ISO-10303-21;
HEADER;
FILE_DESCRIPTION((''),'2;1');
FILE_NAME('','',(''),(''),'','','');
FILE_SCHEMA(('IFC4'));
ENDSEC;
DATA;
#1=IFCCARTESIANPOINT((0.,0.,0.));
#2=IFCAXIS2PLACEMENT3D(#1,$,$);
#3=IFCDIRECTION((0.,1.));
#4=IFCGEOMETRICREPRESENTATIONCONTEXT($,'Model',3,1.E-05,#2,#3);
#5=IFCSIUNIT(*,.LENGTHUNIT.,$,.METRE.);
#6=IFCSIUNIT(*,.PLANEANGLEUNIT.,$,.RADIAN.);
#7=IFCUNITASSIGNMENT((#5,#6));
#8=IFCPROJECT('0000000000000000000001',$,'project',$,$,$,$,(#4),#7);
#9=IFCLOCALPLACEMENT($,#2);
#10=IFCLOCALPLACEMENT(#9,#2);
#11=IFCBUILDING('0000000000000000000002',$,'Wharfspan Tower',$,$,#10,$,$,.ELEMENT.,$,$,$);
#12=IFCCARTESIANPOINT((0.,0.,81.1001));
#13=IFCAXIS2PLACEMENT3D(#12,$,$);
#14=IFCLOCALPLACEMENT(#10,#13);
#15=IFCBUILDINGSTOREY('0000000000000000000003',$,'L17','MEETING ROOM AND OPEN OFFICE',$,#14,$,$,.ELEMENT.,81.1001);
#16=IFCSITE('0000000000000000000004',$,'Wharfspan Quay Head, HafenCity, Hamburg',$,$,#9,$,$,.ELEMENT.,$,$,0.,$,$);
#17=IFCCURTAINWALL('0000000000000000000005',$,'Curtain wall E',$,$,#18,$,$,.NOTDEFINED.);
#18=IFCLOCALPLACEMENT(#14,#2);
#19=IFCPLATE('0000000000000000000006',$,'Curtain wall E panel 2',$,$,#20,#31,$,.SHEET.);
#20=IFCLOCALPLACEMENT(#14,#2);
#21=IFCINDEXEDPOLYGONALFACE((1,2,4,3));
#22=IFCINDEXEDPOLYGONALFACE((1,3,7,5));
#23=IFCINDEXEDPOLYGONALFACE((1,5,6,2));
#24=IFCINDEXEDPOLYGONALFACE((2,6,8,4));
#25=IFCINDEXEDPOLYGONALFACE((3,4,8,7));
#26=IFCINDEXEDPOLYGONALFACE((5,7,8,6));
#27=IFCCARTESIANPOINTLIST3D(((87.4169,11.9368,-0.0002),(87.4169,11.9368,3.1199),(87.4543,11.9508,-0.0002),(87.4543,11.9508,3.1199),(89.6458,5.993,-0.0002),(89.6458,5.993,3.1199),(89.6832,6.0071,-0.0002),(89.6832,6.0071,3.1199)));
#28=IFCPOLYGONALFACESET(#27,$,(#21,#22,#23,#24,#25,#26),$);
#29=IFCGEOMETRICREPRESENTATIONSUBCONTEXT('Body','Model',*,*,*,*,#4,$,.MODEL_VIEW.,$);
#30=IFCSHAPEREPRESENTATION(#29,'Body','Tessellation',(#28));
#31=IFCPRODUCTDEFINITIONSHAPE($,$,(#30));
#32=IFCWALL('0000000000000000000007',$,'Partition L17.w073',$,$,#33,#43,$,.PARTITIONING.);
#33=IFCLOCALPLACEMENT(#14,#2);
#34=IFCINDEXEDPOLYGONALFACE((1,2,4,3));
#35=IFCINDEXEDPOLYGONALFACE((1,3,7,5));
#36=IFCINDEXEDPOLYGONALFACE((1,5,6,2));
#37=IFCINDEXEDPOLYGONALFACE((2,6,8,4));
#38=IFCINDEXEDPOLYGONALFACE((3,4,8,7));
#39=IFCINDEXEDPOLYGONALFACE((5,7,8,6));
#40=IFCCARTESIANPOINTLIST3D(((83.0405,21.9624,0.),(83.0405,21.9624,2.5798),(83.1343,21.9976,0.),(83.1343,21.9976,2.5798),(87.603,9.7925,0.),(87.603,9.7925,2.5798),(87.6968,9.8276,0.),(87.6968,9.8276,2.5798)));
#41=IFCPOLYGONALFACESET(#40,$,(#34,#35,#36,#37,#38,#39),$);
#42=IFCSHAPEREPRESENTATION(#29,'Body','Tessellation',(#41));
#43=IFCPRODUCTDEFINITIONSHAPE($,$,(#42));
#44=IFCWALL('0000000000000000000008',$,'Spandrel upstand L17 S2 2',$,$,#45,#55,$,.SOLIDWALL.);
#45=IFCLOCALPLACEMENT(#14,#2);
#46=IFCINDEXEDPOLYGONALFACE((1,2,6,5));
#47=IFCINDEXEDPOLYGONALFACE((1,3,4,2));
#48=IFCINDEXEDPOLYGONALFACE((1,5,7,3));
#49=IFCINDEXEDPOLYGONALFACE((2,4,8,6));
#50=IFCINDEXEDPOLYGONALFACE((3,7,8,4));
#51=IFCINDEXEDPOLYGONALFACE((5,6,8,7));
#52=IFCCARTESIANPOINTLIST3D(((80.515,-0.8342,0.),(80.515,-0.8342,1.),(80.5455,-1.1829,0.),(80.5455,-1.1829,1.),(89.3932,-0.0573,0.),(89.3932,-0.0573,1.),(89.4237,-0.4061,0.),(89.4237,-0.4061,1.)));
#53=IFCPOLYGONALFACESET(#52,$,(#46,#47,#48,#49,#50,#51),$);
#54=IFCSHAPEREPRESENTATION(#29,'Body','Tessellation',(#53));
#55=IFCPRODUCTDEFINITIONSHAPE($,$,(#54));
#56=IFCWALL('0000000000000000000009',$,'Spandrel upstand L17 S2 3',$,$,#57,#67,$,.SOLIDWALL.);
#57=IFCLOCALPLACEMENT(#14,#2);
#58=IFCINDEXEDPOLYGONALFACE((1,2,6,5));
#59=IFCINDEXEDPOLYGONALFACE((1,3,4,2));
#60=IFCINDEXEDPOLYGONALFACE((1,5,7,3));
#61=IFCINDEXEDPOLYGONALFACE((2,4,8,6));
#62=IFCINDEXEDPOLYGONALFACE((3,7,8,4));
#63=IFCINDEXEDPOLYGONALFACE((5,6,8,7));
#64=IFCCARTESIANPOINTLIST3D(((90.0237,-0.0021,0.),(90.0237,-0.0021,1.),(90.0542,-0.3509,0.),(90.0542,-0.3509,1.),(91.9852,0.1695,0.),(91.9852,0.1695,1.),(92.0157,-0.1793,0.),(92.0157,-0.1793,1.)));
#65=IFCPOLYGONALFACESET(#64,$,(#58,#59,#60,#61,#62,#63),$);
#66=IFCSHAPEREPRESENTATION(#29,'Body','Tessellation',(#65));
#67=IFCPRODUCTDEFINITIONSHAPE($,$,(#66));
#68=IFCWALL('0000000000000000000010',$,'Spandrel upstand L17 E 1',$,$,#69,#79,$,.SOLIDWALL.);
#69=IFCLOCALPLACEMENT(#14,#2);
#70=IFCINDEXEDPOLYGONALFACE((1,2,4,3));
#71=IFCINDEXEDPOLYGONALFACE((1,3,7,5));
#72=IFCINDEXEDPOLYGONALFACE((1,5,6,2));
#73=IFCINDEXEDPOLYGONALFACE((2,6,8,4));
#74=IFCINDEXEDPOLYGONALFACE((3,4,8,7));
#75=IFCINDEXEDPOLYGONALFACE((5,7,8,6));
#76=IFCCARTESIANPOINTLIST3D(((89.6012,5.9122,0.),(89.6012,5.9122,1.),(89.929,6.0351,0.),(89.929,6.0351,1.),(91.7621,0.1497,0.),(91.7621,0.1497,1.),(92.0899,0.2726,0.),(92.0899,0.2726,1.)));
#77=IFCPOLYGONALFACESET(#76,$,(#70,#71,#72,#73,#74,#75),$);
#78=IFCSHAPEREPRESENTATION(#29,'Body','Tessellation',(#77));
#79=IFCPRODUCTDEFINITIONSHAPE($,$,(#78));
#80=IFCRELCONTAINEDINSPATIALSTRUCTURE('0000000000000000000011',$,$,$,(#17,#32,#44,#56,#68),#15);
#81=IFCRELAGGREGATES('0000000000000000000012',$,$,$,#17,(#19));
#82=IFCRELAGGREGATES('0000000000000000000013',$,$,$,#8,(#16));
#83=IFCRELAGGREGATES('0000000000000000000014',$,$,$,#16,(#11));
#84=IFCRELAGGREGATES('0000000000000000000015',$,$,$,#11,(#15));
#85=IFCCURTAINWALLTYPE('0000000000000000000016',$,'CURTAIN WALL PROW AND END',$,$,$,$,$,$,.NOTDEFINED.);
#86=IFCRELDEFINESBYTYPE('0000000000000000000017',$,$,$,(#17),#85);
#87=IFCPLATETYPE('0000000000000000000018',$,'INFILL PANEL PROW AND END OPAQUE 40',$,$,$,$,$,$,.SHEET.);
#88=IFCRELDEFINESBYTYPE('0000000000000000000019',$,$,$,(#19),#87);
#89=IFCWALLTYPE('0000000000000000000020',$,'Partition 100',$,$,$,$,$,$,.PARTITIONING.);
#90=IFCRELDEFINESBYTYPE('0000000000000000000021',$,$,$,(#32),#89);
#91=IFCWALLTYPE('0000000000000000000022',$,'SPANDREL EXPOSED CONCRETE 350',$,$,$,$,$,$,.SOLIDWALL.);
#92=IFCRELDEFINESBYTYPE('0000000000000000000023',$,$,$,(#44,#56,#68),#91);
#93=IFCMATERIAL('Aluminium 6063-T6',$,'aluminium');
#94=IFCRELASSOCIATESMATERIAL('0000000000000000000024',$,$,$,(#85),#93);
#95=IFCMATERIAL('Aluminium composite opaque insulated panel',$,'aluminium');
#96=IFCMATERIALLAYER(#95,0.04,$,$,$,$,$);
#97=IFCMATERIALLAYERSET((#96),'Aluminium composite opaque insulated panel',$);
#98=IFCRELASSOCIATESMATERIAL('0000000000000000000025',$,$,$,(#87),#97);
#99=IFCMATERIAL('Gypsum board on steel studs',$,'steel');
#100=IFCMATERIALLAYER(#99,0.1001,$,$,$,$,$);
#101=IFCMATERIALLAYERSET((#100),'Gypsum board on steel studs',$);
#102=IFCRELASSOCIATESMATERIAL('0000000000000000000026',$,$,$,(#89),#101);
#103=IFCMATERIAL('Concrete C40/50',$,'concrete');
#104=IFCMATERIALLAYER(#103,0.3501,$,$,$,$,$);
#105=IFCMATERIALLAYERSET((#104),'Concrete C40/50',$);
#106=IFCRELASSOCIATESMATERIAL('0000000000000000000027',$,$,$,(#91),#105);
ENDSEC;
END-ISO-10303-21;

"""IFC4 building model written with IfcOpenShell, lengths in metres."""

from ifc_helpers import new_model, si_unit, direction, frame, frame_2d, origin, origin_2d, place, context, subcontext, project, spatial, rectangle, extrude, material, layer, layer_set, type_object, element, aggregate, save


model = new_model("IFC4")

# Units and contexts
model_context = context("Model", 3, precision=1e-05, world=origin(), true_north=direction((0.0, 1.0)))
body_context = subcontext(model_context, "Body", "Model", "MODEL_VIEW")
ifc_project = project(units=[si_unit("LENGTHUNIT", "METRE"), si_unit("PLANEANGLEUNIT", "RADIAN")], contexts=[model_context])

# Site, building, storey
site_placement = place(None, origin())
site = spatial("IfcSite", under=ifc_project, at=site_placement, Name="Wharfspan Quay Head, HafenCity, Hamburg", CompositionType="ELEMENT", RefElevation=0.0)
building_placement = place(site_placement, origin())
building = spatial("IfcBuilding", under=site, at=building_placement, Name="Wharfspan Tower", CompositionType="ELEMENT")
storey_placement = place(building_placement, frame((0.0, 0.0, 81.1001)))
storey = spatial("IfcBuildingStorey", under=building, at=storey_placement, Name="L17", Description="MEETING ROOM AND OPEN OFFICE", CompositionType="ELEMENT", Elevation=81.1001)

# Curtain wall
ifc_material_1 = material(Name="Aluminium 6063-T6", Category="aluminium")
curtain_wall_type_1 = type_object("IfcCurtainWallType", Name="CURTAIN WALL PROW AND END", PredefinedType="NOTDEFINED", material=ifc_material_1)
curtain_wall_1_placement = place(storey_placement, origin())
curtain_wall_1 = element("IfcCurtainWall", 1, at=curtain_wall_1_placement, inside=storey, type_object=curtain_wall_type_1, Name="Curtain wall E", PredefinedType="NOTDEFINED")

# Plate
ifc_material_2 = material(Name="Aluminium composite opaque insulated panel", Category="aluminium")
ifc_layer_1 = layer(ifc_material_2, 0.04)
ifc_layer_set_1 = layer_set([ifc_layer_1], Name="Aluminium composite opaque insulated panel")
plate_type_1 = type_object("IfcPlateType", Name="INFILL PANEL PROW AND END OPAQUE 40", PredefinedType="SHEET", material=ifc_layer_set_1)
plate_1_placement = place(storey_placement, frame((88.55, 8.9719, -0.0002), z_axis=(0.0, 0.0, 1.0), x_axis=(-0.351123, 0.936328, 0.0)))
plate_1 = element("IfcPlate", 2, at=plate_1_placement, type_object=plate_type_1, Name="Curtain wall E panel 2", PredefinedType="SHEET", context=body_context, shape_type="SweptSolid", body=[
    extrude(rectangle(XDim=6.3479, YDim=0.04, at=origin_2d()), origin(), (0.0, 0.0, 1.0), 3.1201),
])
aggregate(curtain_wall_1, [plate_1])

# Walls
ifc_material_3 = material(Name="Gypsum board on steel studs", Category="steel")
ifc_layer_2 = layer(ifc_material_3, 0.1001)
ifc_layer_set_2 = layer_set([ifc_layer_2], Name="Gypsum board on steel studs")
wall_type_1 = type_object("IfcWallType", Name="Partition 100", PredefinedType="PARTITIONING", material=ifc_layer_set_2)
wall_1_placement = place(storey_placement, frame((87.6499, 9.8101, 0.0), z_axis=(0.0, 0.0, 1.0), x_axis=(-0.35104, 0.936357, 0.0)))
element("IfcWall", 3, at=wall_1_placement, inside=storey, type_object=wall_type_1, Name="Partition L17.w073", PredefinedType="PARTITIONING", context=body_context, shape_type="SweptSolid", body=[
    extrude(rectangle(XDim=12.9971, YDim=0.1001, at=frame_2d((6.4985, 0.0))), origin(), (0.0, 0.0, 1.0), 2.5798),
])
ifc_material_4 = material(Name="Concrete C40/50", Category="concrete")
ifc_layer_3 = layer(ifc_material_4, 0.3501)
ifc_layer_set_3 = layer_set([ifc_layer_3], Name="Concrete C40/50")
wall_type_2 = type_object("IfcWallType", Name="SPANDREL EXPOSED CONCRETE 350", PredefinedType="SOLIDWALL", material=ifc_layer_set_3)
wall_2_placement = place(storey_placement, frame((80.5303, -1.0085, 0.0), z_axis=(0.0, 0.0, 1.0), x_axis=(0.996198, 0.087169, 0.0)))
element("IfcWall", 4, at=wall_2_placement, inside=storey, type_object=wall_type_2, Name="Spandrel upstand L17 S2 2", PredefinedType="SOLIDWALL", context=body_context, shape_type="SweptSolid", body=[
    extrude(rectangle(XDim=8.9121, YDim=0.3501, at=frame_2d((4.4561, 0.0))), origin(), (0.0, 0.0, 1.0), 1.0),
])
wall_3_placement = place(storey_placement, frame((90.0391, -0.1765, 0.0), z_axis=(0.0, 0.0, 1.0), x_axis=(0.996193, 0.08717, 0.0)))
element("IfcWall", 5, at=wall_3_placement, inside=storey, type_object=wall_type_2, Name="Spandrel upstand L17 S2 3", PredefinedType="SOLIDWALL", context=body_context, shape_type="SweptSolid", body=[
    extrude(rectangle(XDim=1.969, YDim=0.3501, at=frame_2d((0.9844, 0.0))), origin(), (0.0, 0.0, 1.0), 1.0),
])
wall_4_placement = place(storey_placement, frame((91.926, 0.2112, 0.0), z_axis=(0.0, 0.0, 1.0), x_axis=(-0.351118, 0.936328, 0.0)))
element("IfcWall", 6, at=wall_4_placement, inside=storey, type_object=wall_type_2, Name="Spandrel upstand L17 E 1", PredefinedType="SOLIDWALL", context=body_context, shape_type="SweptSolid", body=[
    extrude(rectangle(XDim=6.1543, YDim=0.3501, at=frame_2d((3.0771, 0.0))), origin(), (0.0, 0.0, 1.0), 1.0),
])

save(model, "model.ifc")
